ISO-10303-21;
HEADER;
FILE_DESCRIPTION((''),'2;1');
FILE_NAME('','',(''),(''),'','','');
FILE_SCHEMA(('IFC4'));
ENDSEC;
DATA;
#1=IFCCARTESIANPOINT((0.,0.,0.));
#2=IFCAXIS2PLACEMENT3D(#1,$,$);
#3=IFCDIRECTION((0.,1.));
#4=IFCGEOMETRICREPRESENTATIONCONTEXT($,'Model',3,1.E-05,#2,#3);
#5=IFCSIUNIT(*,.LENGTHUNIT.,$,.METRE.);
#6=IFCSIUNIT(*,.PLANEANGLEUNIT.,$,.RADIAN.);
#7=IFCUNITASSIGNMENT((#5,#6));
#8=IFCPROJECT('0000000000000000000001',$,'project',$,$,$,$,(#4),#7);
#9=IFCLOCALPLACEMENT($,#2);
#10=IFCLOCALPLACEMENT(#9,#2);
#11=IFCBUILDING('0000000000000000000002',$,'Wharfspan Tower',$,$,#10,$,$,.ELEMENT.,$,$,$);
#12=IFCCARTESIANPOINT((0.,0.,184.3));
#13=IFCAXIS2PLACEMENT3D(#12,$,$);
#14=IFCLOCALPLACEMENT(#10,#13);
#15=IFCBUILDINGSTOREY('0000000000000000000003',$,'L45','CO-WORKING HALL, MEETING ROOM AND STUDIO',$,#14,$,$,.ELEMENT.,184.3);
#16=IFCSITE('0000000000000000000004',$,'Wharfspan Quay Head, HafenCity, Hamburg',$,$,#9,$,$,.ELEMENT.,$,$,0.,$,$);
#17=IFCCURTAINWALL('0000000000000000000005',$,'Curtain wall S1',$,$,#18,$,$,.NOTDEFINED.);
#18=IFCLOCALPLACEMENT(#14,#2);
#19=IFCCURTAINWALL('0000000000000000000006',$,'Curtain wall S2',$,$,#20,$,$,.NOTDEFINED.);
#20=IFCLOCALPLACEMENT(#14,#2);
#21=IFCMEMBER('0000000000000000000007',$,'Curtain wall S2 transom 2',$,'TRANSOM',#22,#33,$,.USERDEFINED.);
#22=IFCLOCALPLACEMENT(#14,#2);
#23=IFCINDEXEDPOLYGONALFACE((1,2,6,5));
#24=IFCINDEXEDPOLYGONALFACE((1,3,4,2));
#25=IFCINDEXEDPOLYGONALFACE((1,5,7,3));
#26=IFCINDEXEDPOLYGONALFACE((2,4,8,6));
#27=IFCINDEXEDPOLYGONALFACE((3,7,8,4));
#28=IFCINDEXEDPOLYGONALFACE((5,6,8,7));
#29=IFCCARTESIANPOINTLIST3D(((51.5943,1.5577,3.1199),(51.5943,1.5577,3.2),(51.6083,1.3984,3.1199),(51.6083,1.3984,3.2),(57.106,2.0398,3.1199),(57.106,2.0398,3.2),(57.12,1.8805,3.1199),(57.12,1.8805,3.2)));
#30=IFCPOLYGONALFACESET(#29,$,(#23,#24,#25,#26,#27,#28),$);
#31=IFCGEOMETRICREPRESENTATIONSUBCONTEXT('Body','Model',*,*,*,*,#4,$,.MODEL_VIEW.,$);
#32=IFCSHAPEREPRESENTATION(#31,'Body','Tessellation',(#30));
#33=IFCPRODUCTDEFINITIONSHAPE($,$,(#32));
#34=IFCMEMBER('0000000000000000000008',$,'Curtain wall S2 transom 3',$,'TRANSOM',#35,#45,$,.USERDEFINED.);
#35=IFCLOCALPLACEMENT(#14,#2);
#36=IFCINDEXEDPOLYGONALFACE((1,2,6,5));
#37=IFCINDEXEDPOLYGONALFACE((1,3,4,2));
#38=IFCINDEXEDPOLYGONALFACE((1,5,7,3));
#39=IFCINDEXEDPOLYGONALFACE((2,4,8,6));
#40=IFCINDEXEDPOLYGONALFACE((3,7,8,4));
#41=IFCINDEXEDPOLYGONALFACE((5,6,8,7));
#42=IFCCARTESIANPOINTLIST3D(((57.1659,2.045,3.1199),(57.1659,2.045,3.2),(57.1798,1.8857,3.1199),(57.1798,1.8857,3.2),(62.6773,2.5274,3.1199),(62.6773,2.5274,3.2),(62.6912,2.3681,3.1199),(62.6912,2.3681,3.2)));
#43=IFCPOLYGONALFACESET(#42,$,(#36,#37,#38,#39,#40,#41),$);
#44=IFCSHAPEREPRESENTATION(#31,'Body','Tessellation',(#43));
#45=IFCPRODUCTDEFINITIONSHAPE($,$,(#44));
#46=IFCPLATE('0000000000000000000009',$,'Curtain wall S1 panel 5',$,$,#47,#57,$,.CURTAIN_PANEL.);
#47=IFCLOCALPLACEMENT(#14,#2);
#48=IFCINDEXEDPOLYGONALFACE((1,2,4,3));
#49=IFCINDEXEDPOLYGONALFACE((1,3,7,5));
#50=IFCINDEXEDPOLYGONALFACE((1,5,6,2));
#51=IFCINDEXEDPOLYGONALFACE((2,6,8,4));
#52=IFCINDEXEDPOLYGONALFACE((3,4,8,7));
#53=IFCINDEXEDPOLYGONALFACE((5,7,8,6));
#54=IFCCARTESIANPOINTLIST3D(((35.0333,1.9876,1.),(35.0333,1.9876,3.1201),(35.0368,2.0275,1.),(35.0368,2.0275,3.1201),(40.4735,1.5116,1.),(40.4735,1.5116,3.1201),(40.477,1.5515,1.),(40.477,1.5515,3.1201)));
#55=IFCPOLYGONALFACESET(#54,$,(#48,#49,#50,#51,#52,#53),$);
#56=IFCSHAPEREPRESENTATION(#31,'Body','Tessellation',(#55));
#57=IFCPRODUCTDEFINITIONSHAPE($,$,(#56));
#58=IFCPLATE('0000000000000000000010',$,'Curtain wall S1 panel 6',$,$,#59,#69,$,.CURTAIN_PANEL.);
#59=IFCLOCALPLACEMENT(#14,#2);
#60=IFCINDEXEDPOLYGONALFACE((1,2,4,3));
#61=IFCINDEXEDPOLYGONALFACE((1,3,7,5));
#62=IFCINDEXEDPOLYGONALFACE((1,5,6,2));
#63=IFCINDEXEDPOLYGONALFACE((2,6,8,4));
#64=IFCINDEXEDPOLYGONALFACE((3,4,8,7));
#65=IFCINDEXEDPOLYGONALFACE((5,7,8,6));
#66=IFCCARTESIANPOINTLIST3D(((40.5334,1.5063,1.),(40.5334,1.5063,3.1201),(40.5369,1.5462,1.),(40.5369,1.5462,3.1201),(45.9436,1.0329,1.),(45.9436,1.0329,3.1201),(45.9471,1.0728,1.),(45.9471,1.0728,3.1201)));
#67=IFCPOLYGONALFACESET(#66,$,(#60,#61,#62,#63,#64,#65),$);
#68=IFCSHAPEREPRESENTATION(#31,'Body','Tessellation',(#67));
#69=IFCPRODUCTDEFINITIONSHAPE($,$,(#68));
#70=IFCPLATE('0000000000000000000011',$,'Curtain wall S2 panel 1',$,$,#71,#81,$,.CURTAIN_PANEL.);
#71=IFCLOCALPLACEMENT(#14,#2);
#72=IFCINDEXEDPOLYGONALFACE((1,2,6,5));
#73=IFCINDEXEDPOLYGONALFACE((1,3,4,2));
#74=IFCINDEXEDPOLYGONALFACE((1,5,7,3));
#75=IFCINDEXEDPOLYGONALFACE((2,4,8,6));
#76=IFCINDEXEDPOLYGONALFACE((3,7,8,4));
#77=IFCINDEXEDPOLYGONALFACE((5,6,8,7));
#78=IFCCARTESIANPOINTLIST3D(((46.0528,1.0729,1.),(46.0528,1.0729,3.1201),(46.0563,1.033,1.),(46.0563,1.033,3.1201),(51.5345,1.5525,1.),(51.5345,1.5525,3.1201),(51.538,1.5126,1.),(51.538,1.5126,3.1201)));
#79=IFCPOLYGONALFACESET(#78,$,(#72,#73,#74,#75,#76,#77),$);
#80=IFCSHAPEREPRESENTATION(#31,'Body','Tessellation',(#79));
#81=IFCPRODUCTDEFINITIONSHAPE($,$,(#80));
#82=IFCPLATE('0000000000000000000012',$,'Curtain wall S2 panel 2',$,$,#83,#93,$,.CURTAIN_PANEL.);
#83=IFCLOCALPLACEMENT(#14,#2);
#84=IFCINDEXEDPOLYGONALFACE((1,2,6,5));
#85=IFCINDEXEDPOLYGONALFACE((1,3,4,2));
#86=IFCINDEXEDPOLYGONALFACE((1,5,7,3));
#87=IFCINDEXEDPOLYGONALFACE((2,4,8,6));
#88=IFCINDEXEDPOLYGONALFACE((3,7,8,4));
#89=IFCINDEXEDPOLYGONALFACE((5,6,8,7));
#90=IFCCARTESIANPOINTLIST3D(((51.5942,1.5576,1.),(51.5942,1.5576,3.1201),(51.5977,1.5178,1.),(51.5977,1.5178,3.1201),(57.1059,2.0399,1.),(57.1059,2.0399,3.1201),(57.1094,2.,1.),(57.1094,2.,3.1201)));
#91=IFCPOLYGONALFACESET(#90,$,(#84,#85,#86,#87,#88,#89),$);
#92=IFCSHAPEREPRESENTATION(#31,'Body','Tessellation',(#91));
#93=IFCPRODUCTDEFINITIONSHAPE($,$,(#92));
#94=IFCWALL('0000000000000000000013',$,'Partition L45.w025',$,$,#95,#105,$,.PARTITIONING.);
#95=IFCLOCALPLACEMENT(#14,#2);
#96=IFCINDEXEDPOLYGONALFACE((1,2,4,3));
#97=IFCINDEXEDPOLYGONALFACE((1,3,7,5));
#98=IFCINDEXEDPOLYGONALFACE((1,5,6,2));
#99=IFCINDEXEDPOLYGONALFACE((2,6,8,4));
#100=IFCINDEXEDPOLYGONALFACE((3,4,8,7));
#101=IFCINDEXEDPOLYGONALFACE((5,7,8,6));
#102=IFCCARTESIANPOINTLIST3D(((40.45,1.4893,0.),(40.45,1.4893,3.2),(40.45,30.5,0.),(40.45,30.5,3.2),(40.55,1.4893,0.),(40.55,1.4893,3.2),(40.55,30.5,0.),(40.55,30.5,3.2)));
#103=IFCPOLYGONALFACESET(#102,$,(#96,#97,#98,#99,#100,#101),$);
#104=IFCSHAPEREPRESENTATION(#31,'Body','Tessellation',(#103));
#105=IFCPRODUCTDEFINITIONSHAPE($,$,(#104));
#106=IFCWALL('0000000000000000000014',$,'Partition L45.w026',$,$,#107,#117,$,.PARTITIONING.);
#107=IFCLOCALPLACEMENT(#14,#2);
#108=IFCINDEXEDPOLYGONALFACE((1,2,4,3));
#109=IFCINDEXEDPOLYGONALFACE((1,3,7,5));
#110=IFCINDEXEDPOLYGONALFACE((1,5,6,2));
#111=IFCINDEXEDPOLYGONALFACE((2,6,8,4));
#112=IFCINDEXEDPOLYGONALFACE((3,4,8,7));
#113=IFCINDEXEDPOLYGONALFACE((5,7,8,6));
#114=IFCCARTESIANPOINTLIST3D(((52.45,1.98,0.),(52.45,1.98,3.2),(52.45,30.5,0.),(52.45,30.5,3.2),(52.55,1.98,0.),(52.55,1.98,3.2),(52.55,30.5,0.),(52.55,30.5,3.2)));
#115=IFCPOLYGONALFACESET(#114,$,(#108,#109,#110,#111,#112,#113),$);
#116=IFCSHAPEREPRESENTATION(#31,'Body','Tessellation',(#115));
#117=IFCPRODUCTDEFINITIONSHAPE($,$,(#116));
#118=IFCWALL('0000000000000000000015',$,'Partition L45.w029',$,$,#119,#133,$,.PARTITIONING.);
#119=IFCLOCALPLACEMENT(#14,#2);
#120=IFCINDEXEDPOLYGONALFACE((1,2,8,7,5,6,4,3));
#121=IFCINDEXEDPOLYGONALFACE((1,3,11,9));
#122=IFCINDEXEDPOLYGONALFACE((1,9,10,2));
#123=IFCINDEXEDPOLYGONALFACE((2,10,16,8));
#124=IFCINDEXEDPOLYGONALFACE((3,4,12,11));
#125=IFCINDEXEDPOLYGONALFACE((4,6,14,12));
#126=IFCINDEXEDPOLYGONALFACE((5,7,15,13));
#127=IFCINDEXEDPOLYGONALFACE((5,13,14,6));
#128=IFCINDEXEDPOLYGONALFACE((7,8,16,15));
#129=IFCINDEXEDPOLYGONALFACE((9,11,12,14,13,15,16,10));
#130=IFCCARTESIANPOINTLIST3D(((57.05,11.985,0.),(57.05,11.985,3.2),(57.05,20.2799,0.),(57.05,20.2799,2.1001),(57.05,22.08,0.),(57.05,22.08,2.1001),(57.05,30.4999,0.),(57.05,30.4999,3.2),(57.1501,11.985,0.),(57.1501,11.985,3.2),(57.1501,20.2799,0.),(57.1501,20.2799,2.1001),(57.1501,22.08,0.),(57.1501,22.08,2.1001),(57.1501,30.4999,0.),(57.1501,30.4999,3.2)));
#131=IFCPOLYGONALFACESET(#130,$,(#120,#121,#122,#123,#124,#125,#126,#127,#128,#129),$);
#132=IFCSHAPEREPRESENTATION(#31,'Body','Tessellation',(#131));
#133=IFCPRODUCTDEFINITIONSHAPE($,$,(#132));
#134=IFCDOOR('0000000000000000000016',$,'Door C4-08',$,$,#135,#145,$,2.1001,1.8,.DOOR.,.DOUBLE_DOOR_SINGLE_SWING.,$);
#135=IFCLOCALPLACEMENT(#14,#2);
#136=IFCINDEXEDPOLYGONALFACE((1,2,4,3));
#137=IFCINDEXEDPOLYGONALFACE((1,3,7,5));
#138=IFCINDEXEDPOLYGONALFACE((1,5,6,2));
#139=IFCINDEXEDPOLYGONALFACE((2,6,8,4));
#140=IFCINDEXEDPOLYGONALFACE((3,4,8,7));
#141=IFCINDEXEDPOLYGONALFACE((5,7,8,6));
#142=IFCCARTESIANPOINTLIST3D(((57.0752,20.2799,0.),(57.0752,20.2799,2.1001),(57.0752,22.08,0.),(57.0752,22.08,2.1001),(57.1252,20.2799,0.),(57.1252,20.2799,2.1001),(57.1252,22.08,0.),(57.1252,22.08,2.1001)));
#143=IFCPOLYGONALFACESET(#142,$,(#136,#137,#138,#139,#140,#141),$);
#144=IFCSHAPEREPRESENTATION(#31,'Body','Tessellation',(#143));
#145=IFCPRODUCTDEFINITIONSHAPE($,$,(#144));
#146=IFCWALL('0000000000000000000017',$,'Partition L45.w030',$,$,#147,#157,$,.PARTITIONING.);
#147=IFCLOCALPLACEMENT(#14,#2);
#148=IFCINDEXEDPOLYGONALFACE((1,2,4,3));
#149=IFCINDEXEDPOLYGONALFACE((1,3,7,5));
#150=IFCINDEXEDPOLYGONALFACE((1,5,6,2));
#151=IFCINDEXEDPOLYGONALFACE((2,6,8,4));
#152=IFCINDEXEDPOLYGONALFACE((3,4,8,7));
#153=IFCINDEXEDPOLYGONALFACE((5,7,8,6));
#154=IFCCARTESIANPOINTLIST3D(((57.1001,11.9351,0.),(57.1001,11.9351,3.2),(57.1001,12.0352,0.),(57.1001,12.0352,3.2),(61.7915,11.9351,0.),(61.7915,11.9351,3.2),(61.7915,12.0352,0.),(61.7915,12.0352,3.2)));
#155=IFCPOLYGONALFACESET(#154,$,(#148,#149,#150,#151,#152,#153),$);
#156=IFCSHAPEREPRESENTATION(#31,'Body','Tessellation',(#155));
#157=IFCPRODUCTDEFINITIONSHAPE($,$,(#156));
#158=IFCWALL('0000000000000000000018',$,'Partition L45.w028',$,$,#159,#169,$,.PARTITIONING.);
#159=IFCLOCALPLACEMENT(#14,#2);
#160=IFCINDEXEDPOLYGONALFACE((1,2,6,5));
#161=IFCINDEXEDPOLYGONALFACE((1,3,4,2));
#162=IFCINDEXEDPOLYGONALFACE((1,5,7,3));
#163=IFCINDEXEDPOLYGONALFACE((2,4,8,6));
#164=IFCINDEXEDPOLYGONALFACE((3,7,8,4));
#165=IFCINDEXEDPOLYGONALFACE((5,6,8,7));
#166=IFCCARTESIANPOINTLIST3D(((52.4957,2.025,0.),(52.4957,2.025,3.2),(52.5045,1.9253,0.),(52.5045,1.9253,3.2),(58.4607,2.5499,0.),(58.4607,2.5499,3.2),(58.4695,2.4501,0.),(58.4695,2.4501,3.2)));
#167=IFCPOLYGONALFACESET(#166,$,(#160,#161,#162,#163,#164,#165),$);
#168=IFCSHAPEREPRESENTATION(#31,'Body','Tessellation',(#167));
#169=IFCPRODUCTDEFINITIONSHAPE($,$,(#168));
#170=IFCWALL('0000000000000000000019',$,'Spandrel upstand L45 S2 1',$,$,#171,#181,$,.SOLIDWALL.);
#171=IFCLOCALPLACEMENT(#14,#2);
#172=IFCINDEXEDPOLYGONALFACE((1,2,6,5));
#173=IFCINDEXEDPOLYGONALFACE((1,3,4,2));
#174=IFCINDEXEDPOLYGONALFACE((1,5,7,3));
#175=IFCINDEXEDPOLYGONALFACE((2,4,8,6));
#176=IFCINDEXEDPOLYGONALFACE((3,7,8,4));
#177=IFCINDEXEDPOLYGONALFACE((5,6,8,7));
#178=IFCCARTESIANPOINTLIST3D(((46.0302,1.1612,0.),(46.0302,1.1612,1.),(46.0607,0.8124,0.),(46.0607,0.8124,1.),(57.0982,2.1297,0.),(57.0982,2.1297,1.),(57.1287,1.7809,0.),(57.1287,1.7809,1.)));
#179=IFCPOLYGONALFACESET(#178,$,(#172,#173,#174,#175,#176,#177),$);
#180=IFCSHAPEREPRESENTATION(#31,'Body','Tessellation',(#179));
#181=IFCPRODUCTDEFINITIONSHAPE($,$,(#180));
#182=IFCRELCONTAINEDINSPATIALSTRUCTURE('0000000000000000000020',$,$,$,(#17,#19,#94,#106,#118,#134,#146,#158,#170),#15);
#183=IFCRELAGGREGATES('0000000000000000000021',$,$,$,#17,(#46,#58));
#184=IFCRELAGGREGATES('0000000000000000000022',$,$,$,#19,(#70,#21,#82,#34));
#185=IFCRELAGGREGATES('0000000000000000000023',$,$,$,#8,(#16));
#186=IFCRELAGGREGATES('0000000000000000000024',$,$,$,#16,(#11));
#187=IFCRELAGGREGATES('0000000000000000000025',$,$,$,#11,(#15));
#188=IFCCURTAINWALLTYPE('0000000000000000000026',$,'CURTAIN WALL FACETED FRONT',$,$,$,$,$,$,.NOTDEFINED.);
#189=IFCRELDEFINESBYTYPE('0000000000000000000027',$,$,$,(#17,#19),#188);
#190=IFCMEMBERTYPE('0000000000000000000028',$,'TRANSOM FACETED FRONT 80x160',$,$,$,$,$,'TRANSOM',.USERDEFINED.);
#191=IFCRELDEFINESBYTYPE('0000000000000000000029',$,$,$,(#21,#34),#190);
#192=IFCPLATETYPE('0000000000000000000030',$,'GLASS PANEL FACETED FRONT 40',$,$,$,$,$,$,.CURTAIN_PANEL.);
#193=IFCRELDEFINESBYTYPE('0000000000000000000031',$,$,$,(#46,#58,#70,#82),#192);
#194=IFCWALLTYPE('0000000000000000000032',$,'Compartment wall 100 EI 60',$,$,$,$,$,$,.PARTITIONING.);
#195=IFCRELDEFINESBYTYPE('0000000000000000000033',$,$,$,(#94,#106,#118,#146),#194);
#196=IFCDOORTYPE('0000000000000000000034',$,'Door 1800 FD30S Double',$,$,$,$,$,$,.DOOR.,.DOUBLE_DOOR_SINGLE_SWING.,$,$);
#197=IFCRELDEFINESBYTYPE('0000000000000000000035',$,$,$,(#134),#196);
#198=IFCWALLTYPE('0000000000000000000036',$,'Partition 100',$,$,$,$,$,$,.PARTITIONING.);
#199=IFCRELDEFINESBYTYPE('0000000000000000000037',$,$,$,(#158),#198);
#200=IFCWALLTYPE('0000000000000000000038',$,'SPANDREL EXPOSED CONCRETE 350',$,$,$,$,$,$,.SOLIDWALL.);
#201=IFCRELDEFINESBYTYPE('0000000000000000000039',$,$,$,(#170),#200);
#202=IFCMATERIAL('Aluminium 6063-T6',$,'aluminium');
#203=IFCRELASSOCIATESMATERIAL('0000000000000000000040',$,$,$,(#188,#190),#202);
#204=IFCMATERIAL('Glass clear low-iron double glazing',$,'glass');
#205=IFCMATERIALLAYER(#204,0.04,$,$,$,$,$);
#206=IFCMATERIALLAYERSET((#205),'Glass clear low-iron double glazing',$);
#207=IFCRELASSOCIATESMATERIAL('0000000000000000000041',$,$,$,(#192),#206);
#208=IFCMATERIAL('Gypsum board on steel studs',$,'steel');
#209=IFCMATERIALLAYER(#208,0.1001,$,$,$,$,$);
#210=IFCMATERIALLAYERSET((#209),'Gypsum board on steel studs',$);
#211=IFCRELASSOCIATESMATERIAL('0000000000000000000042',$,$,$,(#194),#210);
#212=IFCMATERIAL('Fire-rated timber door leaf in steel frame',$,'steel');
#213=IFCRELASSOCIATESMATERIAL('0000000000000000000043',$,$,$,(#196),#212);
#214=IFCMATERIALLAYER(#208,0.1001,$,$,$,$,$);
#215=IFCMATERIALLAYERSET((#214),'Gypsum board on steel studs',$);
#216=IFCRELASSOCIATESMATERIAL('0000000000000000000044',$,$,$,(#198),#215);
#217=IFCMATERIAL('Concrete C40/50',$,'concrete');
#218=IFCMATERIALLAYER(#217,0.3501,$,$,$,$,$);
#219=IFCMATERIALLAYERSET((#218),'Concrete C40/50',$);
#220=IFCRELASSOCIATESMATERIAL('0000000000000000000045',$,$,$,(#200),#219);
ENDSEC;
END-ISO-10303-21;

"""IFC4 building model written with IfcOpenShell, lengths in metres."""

from ifc_helpers import new_model, si_unit, direction, frame, frame_2d, origin, origin_2d, place, context, subcontext, project, spatial, rectangle, extrude, material, layer, layer_set, material_profile, profile_set, type_object, element, fill, aggregate, save


model = new_model("IFC4")

# Units and contexts
model_context = context("Model", 3, precision=1e-05, world=origin(), true_north=direction((0.0, 1.0)))
body_context = subcontext(model_context, "Body", "Model", "MODEL_VIEW")
ifc_project = project(units=[si_unit("LENGTHUNIT", "METRE"), si_unit("PLANEANGLEUNIT", "RADIAN")], contexts=[model_context])

# Site, building, storey
site_placement = place(None, origin())
site = spatial("IfcSite", under=ifc_project, at=site_placement, Name="Wharfspan Quay Head, HafenCity, Hamburg", CompositionType="ELEMENT", RefElevation=0.0)
building_placement = place(site_placement, origin())
building = spatial("IfcBuilding", under=site, at=building_placement, Name="Wharfspan Tower", CompositionType="ELEMENT")
storey_placement = place(building_placement, frame((0.0, 0.0, 184.3)))
storey = spatial("IfcBuildingStorey", under=building, at=storey_placement, Name="L45", Description="CO-WORKING HALL, MEETING ROOM AND STUDIO", CompositionType="ELEMENT", Elevation=184.3)

# Curtain walls
ifc_material_1 = material(Name="Aluminium 6063-T6", Category="aluminium")
curtain_wall_type = type_object("IfcCurtainWallType", Name="CURTAIN WALL FACETED FRONT", PredefinedType="NOTDEFINED", material=ifc_material_1)
curtain_wall_1_placement = place(storey_placement, origin())
curtain_wall_1 = element("IfcCurtainWall", 1, at=curtain_wall_1_placement, inside=storey, type_object=curtain_wall_type, Name="Curtain wall S1", PredefinedType="NOTDEFINED")
curtain_wall_2_placement = place(storey_placement, origin())
curtain_wall_2 = element("IfcCurtainWall", 2, at=curtain_wall_2_placement, inside=storey, type_object=curtain_wall_type, Name="Curtain wall S2", PredefinedType="NOTDEFINED")

# Members
ifc_material_profile_1 = material_profile(ifc_material_1, rectangle(XDim=0.1599, YDim=0.0801, at=origin_2d()))
ifc_profile_set_1 = profile_set([ifc_material_profile_1], Name="Aluminium 6063-T6")
member_type_1 = type_object("IfcMemberType", Name="TRANSOM FACETED FRONT 80x160", ElementType="TRANSOM", PredefinedType="USERDEFINED", material=ifc_profile_set_1)
member_1_placement = place(storey_placement, frame((51.6013, 1.478, 3.1599), z_axis=(0.996195, 0.087149, 0.0), x_axis=(-0.087149, 0.996195, 0.0)))
member_1 = element("IfcMember", 3, at=member_1_placement, type_object=member_type_1, Name="Curtain wall S2 transom 2", ObjectType="TRANSOM", PredefinedType="USERDEFINED", context=body_context, shape_type="SweptSolid", body=[
    extrude(rectangle(XDim=0.1599, YDim=0.0801, at=origin_2d()), origin(), (0.0, 0.0, 1.0), 5.5327),
])
member_2_placement = place(storey_placement, frame((57.1729, 1.9653, 3.1599), z_axis=(0.996191, 0.087197, 0.0), x_axis=(-0.087197, 0.996191, 0.0)))
member_2 = element("IfcMember", 4, at=member_2_placement, type_object=member_type_1, Name="Curtain wall S2 transom 3", ObjectType="TRANSOM", PredefinedType="USERDEFINED", context=body_context, shape_type="SweptSolid", body=[
    extrude(rectangle(XDim=0.1599, YDim=0.0801, at=origin_2d()), origin(), (0.0, 0.0, 1.0), 5.5325),
])

# Plates
ifc_material_2 = material(Name="Glass clear low-iron double glazing", Category="glass")
ifc_layer_1 = layer(ifc_material_2, 0.04)
ifc_layer_set_1 = layer_set([ifc_layer_1], Name="Glass clear low-iron double glazing")
plate_type = type_object("IfcPlateType", Name="GLASS PANEL FACETED FRONT 40", PredefinedType="CURTAIN_PANEL", material=ifc_layer_set_1)
plate_1_placement = place(storey_placement, frame((37.7551, 1.7695, 1.0), z_axis=(0.0, 0.0, 1.0), x_axis=(0.996198, -0.087156, 0.0)))
plate_1 = element("IfcPlate", 5, at=plate_1_placement, type_object=plate_type, Name="Curtain wall S1 panel 5", PredefinedType="CURTAIN_PANEL", context=body_context, shape_type="SweptSolid", body=[
    extrude(rectangle(XDim=5.4609, YDim=0.04, at=origin_2d()), origin(), (0.0, 0.0, 1.0), 2.1201),
])
plate_2_placement = place(storey_placement, frame((43.2402, 1.2896, 1.0), z_axis=(0.0, 0.0, 1.0), x_axis=(0.996198, -0.087156, 0.0)))
plate_2 = element("IfcPlate", 6, at=plate_2_placement, type_object=plate_type, Name="Curtain wall S1 panel 6", PredefinedType="CURTAIN_PANEL", context=body_context, shape_type="SweptSolid", body=[
    extrude(rectangle(XDim=5.4309, YDim=0.04, at=origin_2d()), origin(), (0.0, 0.0, 1.0), 2.1201),
])
aggregate(curtain_wall_1, [plate_1, plate_2])
plate_3_placement = place(storey_placement, frame((48.7954, 1.2927, 1.0), z_axis=(0.0, 0.0, 1.0), x_axis=(0.996198, 0.087156, 0.0)))
plate_3 = element("IfcPlate", 7, at=plate_3_placement, type_object=plate_type, Name="Curtain wall S2 panel 1", PredefinedType="CURTAIN_PANEL", context=body_context, shape_type="SweptSolid", body=[
    extrude(rectangle(XDim=5.5027, YDim=0.04, at=origin_2d()), origin(), (0.0, 0.0, 1.0), 2.1201),
])
plate_4_placement = place(storey_placement, frame((54.3518, 1.7788, 1.0), z_axis=(0.0, 0.0, 1.0), x_axis=(0.996198, 0.087156, 0.0)))
plate_4 = element("IfcPlate", 8, at=plate_4_placement, type_object=plate_type, Name="Curtain wall S2 panel 2", PredefinedType="CURTAIN_PANEL", context=body_context, shape_type="SweptSolid", body=[
    extrude(rectangle(XDim=5.5327, YDim=0.04, at=origin_2d()), origin(), (0.0, 0.0, 1.0), 2.1201),
])
aggregate(curtain_wall_2, [plate_3, member_1, plate_4, member_2])

# Walls
ifc_material_3 = material(Name="Gypsum board on steel studs", Category="steel")
ifc_layer_2 = layer(ifc_material_3, 0.1001)
ifc_layer_set_2 = layer_set([ifc_layer_2], Name="Gypsum board on steel studs")
wall_type_1 = type_object("IfcWallType", Name="Compartment wall 100 EI 60", PredefinedType="PARTITIONING", material=ifc_layer_set_2)
wall_1_placement = place(storey_placement, frame((40.5, 1.4893, 0.0), z_axis=(0.0, 0.0, 1.0), x_axis=(0.0, 1.0, 0.0)))
element("IfcWall", 9, at=wall_1_placement, inside=storey, type_object=wall_type_1, Name="Partition L45.w025", PredefinedType="PARTITIONING", context=body_context, shape_type="SweptSolid", body=[
    extrude(rectangle(XDim=29.0107, YDim=0.1001, at=frame_2d((14.5054, 0.0))), origin(), (0.0, 0.0, 1.0), 3.2),
])
wall_2_placement = place(storey_placement, frame((52.5, 1.98, 0.0), z_axis=(0.0, 0.0, 1.0), x_axis=(0.0, 1.0, 0.0)))
element("IfcWall", 10, at=wall_2_placement, inside=storey, type_object=wall_type_1, Name="Partition L45.w026", PredefinedType="PARTITIONING", context=body_context, shape_type="SweptSolid", body=[
    extrude(rectangle(XDim=28.52, YDim=0.1001, at=frame_2d((14.26, 0.0))), origin(), (0.0, 0.0, 1.0), 3.2),
])

# Wall, opening, door
wall_3_placement = place(storey_placement, frame((57.1001, 11.9851, 0.0), z_axis=(0.0, 0.0, 1.0), x_axis=(0.0, 1.0, 0.0)))
wall_3 = element("IfcWall", 11, at=wall_3_placement, inside=storey, type_object=wall_type_1, Name="Partition L45.w029", PredefinedType="PARTITIONING", context=body_context, shape_type="SweptSolid", body=[
    extrude(rectangle(XDim=18.5149, YDim=0.1001, at=frame_2d((9.2573, 0.0))), origin(), (0.0, 0.0, 1.0), 3.2),
])
opening_placement = place(wall_3_placement, frame((8.2949, 0.0, 0.0)))
opening = element("IfcOpeningElement", 12, at=opening_placement, cuts=wall_3, PredefinedType="OPENING", context=body_context, shape_type="SweptSolid", body=[
    extrude(rectangle(XDim=1.8, YDim=2.1001, at=frame_2d((0.8999, 1.05))), frame((0.0, 0.0601, 0.0), z_axis=(0.0, -1.0, 0.0), x_axis=(1.0, 0.0, 0.0)), (0.0, 0.0, 1.0), 0.1201),
])
ifc_material_4 = material(Name="Fire-rated timber door leaf in steel frame", Category="steel")
door_type = type_object("IfcDoorType", Name="Door 1800 FD30S Double", OperationType="DOUBLE_DOOR_SINGLE_SWING", PredefinedType="DOOR", material=ifc_material_4)
door_placement = place(opening_placement, origin())
door = element("IfcDoor", 13, at=door_placement, inside=storey, type_object=door_type, Name="Door C4-08", OperationType="DOUBLE_DOOR_SINGLE_SWING", OverallHeight=2.1001, OverallWidth=1.8, PredefinedType="DOOR", context=body_context, shape_type="SweptSolid", body=[
    extrude(rectangle(XDim=1.8, YDim=2.1001, at=frame_2d((0.8999, 1.05))), frame((0.0, 0.0249, 0.0), z_axis=(0.0, -1.0, 0.0), x_axis=(1.0, 0.0, 0.0)), (0.0, 0.0, 1.0), 0.05),
])
fill(opening, door)

# Walls
wall_4_placement = place(storey_placement, frame((57.1001, 11.9851, 0.0), z_axis=(0.0, 0.0, 1.0), x_axis=(1.0, 0.0, 0.0)))
element("IfcWall", 14, at=wall_4_placement, inside=storey, type_object=wall_type_1, Name="Partition L45.w030", PredefinedType="PARTITIONING", context=body_context, shape_type="SweptSolid", body=[
    extrude(rectangle(XDim=4.6914, YDim=0.1001, at=frame_2d((2.3457, 0.0))), origin(), (0.0, 0.0, 1.0), 3.2),
])
ifc_layer_3 = layer(ifc_material_3, 0.1001)
ifc_layer_set_3 = layer_set([ifc_layer_3], Name="Gypsum board on steel studs")
wall_type_2 = type_object("IfcWallType", Name="Partition 100", PredefinedType="PARTITIONING", material=ifc_layer_set_3)
wall_5_placement = place(storey_placement, frame((52.5, 1.9751, 0.0), z_axis=(0.0, 0.0, 1.0), x_axis=(0.99615, 0.087657, 0.0)))
element("IfcWall", 15, at=wall_5_placement, inside=storey, type_object=wall_type_2, Name="Partition L45.w028", PredefinedType="PARTITIONING", context=body_context, shape_type="SweptSolid", body=[
    extrude(rectangle(XDim=5.988, YDim=0.1001, at=frame_2d((2.9941, 0.0))), origin(), (0.0, 0.0, 1.0), 3.2),
])
ifc_material_5 = material(Name="Concrete C40/50", Category="concrete")
ifc_layer_4 = layer(ifc_material_5, 0.3501)
ifc_layer_set_4 = layer_set([ifc_layer_4], Name="Concrete C40/50")
wall_type_3 = type_object("IfcWallType", Name="SPANDREL EXPOSED CONCRETE 350", PredefinedType="SOLIDWALL", material=ifc_layer_set_4)
wall_6_placement = place(storey_placement, frame((46.0454, 0.9868, 0.0), z_axis=(0.0, 0.0, 1.0), x_axis=(0.996193, 0.087171, 0.0)))
element("IfcWall", 16, at=wall_6_placement, inside=storey, type_object=wall_type_3, Name="Spandrel upstand L45 S2 1", PredefinedType="SOLIDWALL", context=body_context, shape_type="SweptSolid", body=[
    extrude(rectangle(XDim=11.1104, YDim=0.3501, at=frame_2d((5.5552, 0.0))), origin(), (0.0, 0.0, 1.0), 1.0),
])

save(model, "model.ifc")
